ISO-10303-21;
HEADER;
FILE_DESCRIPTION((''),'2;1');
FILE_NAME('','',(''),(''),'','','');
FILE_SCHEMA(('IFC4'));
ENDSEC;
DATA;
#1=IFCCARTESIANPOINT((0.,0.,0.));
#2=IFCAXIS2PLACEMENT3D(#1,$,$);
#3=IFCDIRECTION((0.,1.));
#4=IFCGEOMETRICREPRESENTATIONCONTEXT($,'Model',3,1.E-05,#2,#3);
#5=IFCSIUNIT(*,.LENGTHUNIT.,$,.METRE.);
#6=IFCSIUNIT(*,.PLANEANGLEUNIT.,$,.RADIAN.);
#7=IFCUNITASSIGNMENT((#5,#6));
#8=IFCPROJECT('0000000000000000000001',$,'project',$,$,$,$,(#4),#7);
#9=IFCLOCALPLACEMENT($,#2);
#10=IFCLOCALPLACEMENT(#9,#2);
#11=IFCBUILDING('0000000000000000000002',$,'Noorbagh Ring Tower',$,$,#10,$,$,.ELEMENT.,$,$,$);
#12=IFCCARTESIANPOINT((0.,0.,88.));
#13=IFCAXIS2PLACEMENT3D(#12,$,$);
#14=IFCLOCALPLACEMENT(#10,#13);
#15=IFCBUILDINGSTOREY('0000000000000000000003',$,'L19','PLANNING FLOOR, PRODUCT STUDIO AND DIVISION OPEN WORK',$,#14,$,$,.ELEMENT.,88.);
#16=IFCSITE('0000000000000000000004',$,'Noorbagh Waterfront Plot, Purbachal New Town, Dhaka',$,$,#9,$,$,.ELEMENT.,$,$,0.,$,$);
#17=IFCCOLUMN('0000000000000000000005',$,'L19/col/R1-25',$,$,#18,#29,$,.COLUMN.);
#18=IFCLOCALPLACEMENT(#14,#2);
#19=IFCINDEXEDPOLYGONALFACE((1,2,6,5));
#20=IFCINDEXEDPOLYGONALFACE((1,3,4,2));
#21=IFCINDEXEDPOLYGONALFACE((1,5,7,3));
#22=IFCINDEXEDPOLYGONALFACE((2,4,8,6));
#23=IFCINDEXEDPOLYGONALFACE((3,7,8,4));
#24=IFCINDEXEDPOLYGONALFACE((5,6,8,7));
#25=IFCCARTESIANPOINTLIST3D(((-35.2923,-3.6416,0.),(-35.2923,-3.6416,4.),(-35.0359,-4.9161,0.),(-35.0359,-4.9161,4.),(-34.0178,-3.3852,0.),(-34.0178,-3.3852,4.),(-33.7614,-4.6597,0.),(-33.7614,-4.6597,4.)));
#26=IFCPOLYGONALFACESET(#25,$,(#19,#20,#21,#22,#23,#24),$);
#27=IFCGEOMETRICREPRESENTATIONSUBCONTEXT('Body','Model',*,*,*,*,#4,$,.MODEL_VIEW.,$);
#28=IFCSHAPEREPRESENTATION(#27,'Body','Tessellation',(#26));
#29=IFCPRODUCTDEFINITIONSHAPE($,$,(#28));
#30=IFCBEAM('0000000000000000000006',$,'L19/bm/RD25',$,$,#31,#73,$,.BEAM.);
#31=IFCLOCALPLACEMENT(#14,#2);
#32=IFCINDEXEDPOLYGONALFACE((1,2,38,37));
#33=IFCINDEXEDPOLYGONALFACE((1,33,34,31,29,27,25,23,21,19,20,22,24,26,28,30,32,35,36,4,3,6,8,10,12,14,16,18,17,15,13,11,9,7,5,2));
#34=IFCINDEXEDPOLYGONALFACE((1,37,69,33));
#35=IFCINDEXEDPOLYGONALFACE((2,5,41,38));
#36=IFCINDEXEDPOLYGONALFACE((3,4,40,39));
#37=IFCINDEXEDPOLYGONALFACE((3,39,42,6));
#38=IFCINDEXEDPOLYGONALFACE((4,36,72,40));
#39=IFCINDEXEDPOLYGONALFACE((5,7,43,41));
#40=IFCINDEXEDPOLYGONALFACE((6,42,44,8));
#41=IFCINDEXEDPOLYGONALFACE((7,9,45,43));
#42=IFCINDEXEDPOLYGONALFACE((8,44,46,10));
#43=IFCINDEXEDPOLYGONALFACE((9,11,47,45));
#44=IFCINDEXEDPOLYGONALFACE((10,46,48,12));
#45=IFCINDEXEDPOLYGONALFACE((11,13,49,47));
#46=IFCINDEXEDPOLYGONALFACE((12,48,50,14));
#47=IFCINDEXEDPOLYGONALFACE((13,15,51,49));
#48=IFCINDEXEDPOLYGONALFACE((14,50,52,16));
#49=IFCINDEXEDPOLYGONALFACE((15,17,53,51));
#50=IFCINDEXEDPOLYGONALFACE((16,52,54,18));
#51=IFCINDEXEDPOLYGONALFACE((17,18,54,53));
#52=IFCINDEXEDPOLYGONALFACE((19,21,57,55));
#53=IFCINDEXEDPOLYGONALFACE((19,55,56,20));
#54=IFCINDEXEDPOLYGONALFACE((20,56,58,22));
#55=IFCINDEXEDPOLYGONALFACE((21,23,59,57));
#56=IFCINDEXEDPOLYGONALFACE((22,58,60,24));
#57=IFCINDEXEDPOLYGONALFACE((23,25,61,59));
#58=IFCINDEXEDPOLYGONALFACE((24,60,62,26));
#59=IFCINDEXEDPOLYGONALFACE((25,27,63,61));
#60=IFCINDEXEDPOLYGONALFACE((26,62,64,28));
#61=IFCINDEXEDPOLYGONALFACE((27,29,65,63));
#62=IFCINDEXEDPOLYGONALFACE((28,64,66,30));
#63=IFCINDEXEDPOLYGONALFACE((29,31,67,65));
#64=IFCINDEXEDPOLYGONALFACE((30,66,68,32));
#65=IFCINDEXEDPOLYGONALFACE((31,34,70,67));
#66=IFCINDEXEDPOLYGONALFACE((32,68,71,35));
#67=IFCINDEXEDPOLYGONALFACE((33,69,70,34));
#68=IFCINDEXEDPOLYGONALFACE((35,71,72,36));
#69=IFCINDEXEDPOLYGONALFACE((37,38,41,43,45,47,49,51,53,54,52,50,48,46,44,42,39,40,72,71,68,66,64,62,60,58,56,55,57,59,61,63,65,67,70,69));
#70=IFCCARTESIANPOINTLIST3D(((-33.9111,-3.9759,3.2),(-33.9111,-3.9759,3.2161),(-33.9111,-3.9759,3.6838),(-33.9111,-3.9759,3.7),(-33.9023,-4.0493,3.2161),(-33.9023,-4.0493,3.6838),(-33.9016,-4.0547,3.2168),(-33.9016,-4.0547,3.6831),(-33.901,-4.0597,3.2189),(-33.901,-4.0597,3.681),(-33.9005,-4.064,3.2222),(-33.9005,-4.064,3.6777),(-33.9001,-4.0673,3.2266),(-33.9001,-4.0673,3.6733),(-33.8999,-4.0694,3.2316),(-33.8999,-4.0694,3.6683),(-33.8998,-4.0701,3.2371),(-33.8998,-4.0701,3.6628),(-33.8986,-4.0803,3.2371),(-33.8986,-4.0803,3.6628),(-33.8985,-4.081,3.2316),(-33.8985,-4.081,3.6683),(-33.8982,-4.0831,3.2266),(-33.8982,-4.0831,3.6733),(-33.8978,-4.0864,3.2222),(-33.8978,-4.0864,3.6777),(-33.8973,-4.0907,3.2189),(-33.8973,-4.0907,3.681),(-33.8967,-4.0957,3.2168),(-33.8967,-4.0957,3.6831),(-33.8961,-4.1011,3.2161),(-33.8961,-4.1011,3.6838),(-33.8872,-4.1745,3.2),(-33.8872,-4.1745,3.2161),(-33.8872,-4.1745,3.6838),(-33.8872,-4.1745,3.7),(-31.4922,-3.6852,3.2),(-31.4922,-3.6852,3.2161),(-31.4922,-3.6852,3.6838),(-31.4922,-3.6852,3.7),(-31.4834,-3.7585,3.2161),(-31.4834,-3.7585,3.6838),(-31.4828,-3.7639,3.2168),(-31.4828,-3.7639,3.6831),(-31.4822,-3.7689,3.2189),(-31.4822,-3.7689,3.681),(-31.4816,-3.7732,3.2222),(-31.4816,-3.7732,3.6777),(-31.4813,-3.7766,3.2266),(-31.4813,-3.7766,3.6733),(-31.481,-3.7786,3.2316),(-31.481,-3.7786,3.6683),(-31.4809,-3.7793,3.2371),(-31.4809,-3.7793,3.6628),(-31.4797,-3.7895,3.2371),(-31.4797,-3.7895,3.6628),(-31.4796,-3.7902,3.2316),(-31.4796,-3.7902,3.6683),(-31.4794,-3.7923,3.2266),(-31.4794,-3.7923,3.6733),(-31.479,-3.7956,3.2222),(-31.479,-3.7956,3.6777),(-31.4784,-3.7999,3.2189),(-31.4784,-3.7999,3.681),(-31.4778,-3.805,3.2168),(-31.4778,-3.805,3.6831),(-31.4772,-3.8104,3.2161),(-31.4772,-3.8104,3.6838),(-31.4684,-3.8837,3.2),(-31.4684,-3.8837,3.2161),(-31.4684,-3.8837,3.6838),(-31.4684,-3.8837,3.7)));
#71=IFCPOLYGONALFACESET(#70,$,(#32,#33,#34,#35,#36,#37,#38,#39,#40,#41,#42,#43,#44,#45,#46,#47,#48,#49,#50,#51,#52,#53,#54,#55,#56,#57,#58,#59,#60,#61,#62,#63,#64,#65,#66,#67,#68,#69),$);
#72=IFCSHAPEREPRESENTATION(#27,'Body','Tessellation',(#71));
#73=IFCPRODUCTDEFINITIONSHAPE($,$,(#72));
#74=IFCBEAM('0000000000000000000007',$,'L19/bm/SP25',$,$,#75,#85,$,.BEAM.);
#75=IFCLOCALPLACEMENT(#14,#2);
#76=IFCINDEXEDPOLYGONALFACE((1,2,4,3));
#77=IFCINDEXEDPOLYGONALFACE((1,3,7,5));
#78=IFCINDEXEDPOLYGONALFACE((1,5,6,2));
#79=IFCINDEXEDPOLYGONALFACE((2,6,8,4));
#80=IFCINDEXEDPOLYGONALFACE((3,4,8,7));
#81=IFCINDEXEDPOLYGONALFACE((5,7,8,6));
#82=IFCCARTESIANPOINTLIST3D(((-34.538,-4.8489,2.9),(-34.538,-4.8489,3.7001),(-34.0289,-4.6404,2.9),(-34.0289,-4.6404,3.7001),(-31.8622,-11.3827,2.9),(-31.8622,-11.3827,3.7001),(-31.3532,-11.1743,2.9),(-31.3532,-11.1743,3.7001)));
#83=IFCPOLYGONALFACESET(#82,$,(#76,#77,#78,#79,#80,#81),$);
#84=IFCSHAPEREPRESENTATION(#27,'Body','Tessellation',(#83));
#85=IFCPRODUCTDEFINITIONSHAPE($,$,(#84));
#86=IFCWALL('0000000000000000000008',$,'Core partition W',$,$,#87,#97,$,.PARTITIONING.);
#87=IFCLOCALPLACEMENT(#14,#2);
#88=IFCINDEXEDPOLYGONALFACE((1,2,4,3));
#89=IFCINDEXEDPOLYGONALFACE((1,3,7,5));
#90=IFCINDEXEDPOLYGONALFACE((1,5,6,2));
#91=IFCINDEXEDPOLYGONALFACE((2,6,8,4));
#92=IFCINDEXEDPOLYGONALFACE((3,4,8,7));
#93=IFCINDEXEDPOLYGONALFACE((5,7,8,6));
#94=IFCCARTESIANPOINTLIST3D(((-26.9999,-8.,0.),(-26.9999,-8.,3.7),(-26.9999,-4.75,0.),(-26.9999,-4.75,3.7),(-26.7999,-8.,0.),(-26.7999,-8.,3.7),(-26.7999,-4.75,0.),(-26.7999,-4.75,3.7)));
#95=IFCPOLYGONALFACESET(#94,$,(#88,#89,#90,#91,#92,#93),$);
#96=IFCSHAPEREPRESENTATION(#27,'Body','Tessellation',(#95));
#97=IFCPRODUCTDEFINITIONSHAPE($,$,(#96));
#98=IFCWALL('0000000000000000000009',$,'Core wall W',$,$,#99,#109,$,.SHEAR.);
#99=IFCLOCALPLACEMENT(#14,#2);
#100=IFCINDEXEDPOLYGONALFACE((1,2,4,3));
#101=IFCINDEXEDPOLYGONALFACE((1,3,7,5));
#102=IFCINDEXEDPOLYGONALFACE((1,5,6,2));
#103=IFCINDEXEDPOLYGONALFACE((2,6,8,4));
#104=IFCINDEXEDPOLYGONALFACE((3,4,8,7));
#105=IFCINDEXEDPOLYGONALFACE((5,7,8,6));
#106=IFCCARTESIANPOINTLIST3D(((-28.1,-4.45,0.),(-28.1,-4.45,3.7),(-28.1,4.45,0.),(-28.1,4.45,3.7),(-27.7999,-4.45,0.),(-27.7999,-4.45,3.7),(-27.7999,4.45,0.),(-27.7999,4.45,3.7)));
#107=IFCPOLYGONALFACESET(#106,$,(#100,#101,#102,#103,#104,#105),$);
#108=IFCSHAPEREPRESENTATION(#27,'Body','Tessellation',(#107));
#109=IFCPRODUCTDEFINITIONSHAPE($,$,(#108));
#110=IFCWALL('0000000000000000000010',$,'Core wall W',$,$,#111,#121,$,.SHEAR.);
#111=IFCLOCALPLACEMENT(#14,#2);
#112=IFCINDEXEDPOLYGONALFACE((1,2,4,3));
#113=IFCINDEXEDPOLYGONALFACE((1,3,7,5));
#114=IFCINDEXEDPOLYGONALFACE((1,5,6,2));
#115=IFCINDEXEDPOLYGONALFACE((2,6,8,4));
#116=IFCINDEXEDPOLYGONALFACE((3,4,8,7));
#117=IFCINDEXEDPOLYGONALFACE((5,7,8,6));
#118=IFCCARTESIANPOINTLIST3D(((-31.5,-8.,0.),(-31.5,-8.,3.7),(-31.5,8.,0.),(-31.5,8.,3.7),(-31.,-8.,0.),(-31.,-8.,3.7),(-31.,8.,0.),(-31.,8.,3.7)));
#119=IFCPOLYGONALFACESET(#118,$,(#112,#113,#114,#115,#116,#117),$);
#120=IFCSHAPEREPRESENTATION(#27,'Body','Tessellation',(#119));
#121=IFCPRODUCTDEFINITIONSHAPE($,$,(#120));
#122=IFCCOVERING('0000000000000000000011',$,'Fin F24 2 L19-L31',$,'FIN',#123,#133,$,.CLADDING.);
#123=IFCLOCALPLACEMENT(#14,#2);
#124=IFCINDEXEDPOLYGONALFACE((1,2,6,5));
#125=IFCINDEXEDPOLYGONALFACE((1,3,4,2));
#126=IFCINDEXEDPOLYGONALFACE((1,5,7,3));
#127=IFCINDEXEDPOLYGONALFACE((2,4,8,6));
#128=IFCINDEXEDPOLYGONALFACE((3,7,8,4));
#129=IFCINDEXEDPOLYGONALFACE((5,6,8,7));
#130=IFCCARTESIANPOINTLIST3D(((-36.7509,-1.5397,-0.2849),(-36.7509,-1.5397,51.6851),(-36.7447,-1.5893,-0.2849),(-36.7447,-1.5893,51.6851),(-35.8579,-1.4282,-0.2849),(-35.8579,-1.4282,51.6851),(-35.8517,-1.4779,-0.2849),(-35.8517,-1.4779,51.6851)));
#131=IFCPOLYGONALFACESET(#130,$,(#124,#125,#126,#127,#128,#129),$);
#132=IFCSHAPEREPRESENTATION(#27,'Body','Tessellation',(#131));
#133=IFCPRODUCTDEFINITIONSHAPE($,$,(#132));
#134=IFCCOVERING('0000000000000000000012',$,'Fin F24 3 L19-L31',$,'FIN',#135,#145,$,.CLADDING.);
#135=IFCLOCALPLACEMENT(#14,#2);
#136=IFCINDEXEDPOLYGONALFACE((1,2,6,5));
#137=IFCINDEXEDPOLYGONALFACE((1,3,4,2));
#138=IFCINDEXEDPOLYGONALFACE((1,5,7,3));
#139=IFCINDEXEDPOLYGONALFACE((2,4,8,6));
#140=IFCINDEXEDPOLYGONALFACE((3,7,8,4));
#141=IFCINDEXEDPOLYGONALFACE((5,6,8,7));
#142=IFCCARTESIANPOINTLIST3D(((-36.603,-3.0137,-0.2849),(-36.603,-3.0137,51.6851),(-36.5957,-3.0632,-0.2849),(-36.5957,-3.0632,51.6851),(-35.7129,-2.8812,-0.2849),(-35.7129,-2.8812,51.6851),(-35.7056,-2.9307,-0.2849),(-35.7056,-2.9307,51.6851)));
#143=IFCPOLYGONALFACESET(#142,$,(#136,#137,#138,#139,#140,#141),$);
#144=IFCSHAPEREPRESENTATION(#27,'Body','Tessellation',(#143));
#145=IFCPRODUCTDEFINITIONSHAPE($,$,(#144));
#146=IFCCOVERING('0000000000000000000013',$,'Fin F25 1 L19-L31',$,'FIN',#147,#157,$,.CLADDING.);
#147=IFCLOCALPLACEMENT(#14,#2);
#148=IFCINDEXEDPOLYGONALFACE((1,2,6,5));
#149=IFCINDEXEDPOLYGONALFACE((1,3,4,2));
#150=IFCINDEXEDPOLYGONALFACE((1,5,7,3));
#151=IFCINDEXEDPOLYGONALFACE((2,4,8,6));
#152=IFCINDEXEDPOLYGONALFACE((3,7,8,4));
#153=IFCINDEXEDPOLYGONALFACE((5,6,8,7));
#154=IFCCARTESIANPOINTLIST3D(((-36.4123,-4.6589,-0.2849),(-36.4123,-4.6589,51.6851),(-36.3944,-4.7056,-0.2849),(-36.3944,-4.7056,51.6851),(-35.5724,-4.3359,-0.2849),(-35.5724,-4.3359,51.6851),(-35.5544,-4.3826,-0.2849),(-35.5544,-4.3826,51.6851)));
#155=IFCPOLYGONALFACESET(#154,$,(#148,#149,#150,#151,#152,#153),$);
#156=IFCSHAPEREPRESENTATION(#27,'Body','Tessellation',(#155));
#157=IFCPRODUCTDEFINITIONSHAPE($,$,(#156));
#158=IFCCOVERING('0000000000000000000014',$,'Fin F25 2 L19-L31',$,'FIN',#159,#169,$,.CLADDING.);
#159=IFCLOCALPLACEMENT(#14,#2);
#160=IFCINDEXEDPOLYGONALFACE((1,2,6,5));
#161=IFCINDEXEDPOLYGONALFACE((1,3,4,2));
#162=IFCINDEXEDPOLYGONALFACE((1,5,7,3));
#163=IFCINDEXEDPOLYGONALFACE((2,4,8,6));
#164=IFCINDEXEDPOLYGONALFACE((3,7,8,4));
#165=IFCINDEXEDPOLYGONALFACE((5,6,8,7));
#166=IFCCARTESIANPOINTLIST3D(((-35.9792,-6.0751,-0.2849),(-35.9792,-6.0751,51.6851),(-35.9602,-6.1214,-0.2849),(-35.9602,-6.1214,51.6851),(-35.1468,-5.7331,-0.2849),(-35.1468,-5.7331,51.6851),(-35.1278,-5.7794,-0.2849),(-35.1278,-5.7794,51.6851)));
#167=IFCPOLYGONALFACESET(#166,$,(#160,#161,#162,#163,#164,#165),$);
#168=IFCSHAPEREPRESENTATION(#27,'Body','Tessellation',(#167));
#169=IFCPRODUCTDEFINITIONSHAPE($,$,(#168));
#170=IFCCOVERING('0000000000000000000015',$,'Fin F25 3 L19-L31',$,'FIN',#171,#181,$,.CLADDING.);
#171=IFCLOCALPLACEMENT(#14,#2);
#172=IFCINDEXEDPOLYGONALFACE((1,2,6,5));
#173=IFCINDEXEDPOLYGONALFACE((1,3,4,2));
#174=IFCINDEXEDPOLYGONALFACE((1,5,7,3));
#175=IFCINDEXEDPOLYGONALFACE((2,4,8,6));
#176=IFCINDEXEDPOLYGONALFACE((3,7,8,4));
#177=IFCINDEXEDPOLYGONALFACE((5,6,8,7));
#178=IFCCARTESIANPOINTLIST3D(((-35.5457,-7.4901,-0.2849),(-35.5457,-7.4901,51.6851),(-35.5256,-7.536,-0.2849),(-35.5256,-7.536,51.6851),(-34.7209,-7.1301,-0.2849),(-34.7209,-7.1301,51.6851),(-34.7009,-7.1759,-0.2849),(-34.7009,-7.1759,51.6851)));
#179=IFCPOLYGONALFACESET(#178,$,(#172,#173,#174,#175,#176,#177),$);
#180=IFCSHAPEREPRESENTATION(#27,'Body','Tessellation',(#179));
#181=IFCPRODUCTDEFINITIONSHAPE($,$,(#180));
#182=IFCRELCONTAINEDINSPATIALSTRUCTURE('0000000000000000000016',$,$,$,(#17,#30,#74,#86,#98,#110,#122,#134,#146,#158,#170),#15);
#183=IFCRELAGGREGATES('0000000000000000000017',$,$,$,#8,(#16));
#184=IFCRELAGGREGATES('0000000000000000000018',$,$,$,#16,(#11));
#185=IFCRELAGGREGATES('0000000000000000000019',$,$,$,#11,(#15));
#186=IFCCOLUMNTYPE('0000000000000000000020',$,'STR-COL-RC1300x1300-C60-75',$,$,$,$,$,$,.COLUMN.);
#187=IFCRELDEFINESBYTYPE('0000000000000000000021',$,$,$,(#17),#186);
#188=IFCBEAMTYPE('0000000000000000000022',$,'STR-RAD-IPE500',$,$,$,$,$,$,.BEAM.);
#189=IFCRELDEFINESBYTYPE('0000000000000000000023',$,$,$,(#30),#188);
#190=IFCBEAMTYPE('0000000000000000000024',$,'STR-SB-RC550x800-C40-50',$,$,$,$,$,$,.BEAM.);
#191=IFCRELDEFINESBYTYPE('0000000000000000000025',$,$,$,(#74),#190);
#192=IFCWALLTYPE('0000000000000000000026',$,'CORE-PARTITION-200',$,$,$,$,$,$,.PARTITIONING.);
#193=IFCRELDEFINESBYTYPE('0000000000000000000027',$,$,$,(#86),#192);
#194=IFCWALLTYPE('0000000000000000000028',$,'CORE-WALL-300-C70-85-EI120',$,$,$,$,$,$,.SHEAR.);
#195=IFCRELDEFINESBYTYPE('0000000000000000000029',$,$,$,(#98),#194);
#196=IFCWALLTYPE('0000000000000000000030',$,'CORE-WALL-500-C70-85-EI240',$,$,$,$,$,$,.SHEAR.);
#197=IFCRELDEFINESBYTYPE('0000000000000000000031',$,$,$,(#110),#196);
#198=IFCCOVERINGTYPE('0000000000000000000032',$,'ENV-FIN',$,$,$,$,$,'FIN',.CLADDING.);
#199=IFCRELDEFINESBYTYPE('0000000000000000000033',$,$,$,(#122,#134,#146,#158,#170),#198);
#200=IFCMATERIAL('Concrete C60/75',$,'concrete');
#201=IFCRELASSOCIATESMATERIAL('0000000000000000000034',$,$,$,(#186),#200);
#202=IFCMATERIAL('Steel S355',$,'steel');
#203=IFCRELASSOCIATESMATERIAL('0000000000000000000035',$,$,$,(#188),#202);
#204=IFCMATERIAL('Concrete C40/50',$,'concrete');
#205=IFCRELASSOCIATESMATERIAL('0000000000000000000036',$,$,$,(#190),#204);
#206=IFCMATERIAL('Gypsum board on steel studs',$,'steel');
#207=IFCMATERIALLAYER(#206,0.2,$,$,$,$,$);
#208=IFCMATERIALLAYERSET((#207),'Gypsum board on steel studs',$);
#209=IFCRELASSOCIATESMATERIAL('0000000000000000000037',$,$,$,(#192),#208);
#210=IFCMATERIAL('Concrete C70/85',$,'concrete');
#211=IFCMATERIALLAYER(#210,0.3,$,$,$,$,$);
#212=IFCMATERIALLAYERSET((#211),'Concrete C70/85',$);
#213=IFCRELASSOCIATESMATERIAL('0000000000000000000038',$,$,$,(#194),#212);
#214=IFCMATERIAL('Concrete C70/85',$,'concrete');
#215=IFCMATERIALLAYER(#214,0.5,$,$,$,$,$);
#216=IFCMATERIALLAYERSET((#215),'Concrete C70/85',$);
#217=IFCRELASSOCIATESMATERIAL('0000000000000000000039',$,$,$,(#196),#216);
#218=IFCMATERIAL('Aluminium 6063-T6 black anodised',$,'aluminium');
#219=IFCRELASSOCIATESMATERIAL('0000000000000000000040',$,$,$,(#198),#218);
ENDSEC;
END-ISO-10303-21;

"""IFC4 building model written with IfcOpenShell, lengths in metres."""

from ifc_helpers import new_model, si_unit, direction, frame, frame_2d, origin, origin_2d, place, context, subcontext, project, spatial, rectangle, i_section, extrude, material, layer, layer_set, material_profile, profile_set, type_object, element, save


model = new_model("IFC4")

# Units and contexts
model_context = context("Model", 3, precision=1e-05, world=origin(), true_north=direction((0.0, 1.0)))
body_context = subcontext(model_context, "Body", "Model", "MODEL_VIEW")
ifc_project = project(units=[si_unit("LENGTHUNIT", "METRE"), si_unit("PLANEANGLEUNIT", "RADIAN")], contexts=[model_context])

# Site, building, storey
site_placement = place(None, origin())
site = spatial("IfcSite", under=ifc_project, at=site_placement, Name="Noorbagh Waterfront Plot, Purbachal New Town, Dhaka", CompositionType="ELEMENT", RefElevation=0.0)
building_placement = place(site_placement, origin())
building = spatial("IfcBuilding", under=site, at=building_placement, Name="Noorbagh Ring Tower", CompositionType="ELEMENT")
storey_placement = place(building_placement, frame((0.0, 0.0, 88.0)))
storey = spatial("IfcBuildingStorey", under=building, at=storey_placement, Name="L19", Description="PLANNING FLOOR, PRODUCT STUDIO AND DIVISION OPEN WORK", CompositionType="ELEMENT", Elevation=88.0)

# Column
ifc_material_1 = material(Name="Concrete C60/75", Category="concrete")
ifc_material_profile_1 = material_profile(ifc_material_1, rectangle(XDim=1.3, YDim=1.3, at=origin_2d()), Name="RC1300x1300")
ifc_profile_set_1 = profile_set([ifc_material_profile_1], Name="Concrete C60/75")
column_type = type_object("IfcColumnType", Name="STR-COL-RC1300x1300-C60-75", PredefinedType="COLUMN", material=ifc_profile_set_1)
column_placement = place(storey_placement, frame((-34.5269, -4.1506, 0.0), z_axis=(0.0, 0.0, 1.0), x_axis=(0.19723, -0.980357, 0.0)))
element("IfcColumn", 1, at=column_placement, inside=storey, type_object=column_type, Name="L19/col/R1-25", PredefinedType="COLUMN", context=body_context, shape_type="SweptSolid", body=[
    extrude(rectangle(XDim=1.3, YDim=1.3, at=origin_2d()), origin(), (0.0, 0.0, 1.0), 4.0),
])

# Beams
ifc_material_2 = material(Name="Steel S355", Category="steel")
ifc_material_profile_2 = material_profile(ifc_material_2, i_section(OverallWidth=0.2, OverallDepth=0.5, WebThickness=0.0103, FlangeThickness=0.0161, FilletRadius=0.021, at=origin_2d()), Name="IPE500")
ifc_profile_set_2 = profile_set([ifc_material_profile_2], Name="Steel S355")
beam_type_1 = type_object("IfcBeamType", Name="STR-RAD-IPE500", PredefinedType="BEAM", material=ifc_profile_set_2)
beam_1_placement = place(storey_placement, frame((-33.8992, -4.0752, 3.45), z_axis=(0.992853, 0.119347, 0.0), x_axis=(-0.119347, 0.992853, 0.0)))
element("IfcBeam", 2, at=beam_1_placement, inside=storey, type_object=beam_type_1, Name="L19/bm/RD25", PredefinedType="BEAM", context=body_context, shape_type="SweptSolid", body=[
    extrude(i_section(OverallWidth=0.2, OverallDepth=0.5, WebThickness=0.0103, FlangeThickness=0.0161, FilletRadius=0.021, at=origin_2d()), origin(), (0.0, 0.0, 1.0), 2.4363),
])
ifc_material_3 = material(Name="Concrete C40/50", Category="concrete")
ifc_material_profile_3 = material_profile(ifc_material_3, rectangle(XDim=0.55, YDim=0.8, at=origin_2d()), Name="RC550x800")
ifc_profile_set_3 = profile_set([ifc_material_profile_3], Name="Concrete C40/50")
beam_type_2 = type_object("IfcBeamType", Name="STR-SB-RC550x800-C40-50", PredefinedType="BEAM", material=ifc_profile_set_3)
beam_2_placement = place(storey_placement, frame((-34.2834, -4.7446, 3.3), z_axis=(0.378973, -0.925408, 0.0), x_axis=(0.925408, 0.378973, 0.0)))
element("IfcBeam", 3, at=beam_2_placement, inside=storey, type_object=beam_type_2, Name="L19/bm/SP25", PredefinedType="BEAM", context=body_context, shape_type="SweptSolid", body=[
    extrude(rectangle(XDim=0.55, YDim=0.8, at=origin_2d()), origin(), (0.0, 0.0, 1.0), 7.0605),
])

# Walls
ifc_material_4 = material(Name="Gypsum board on steel studs", Category="steel")
ifc_layer_1 = layer(ifc_material_4, 0.2)
ifc_layer_set_1 = layer_set([ifc_layer_1], Name="Gypsum board on steel studs")
wall_type_1 = type_object("IfcWallType", Name="CORE-PARTITION-200", PredefinedType="PARTITIONING", material=ifc_layer_set_1)
wall_1_placement = place(storey_placement, frame((-26.8999, -8.0, 0.0), z_axis=(0.0, 0.0, 1.0), x_axis=(0.0, 1.0, 0.0)))
element("IfcWall", 4, at=wall_1_placement, inside=storey, type_object=wall_type_1, Name="Core partition W", PredefinedType="PARTITIONING", context=body_context, shape_type="SweptSolid", body=[
    extrude(rectangle(XDim=3.25, YDim=0.2, at=frame_2d((1.625, 0.0))), origin(), (0.0, 0.0, 1.0), 3.7),
])
ifc_material_5 = material(Name="Concrete C70/85", Category="concrete")
ifc_layer_2 = layer(ifc_material_5, 0.3)
ifc_layer_set_2 = layer_set([ifc_layer_2], Name="Concrete C70/85")
wall_type_2 = type_object("IfcWallType", Name="CORE-WALL-300-C70-85-EI120", PredefinedType="SHEAR", material=ifc_layer_set_2)
wall_2_placement = place(storey_placement, frame((-27.95, -4.45, 0.0), z_axis=(0.0, 0.0, 1.0), x_axis=(0.0, 1.0, 0.0)))
element("IfcWall", 5, at=wall_2_placement, inside=storey, type_object=wall_type_2, Name="Core wall W", PredefinedType="SHEAR", context=body_context, shape_type="SweptSolid", body=[
    extrude(rectangle(XDim=8.8999, YDim=0.3, at=frame_2d((4.45, 0.0))), origin(), (0.0, 0.0, 1.0), 3.7),
])
ifc_material_6 = material(Name="Concrete C70/85", Category="concrete")
ifc_layer_3 = layer(ifc_material_6, 0.5)
ifc_layer_set_3 = layer_set([ifc_layer_3], Name="Concrete C70/85")
wall_type_3 = type_object("IfcWallType", Name="CORE-WALL-500-C70-85-EI240", PredefinedType="SHEAR", material=ifc_layer_set_3)
wall_3_placement = place(storey_placement, frame((-31.25, -8.0, 0.0), z_axis=(0.0, 0.0, 1.0), x_axis=(0.0, 1.0, 0.0)))
element("IfcWall", 6, at=wall_3_placement, inside=storey, type_object=wall_type_3, Name="Core wall W", PredefinedType="SHEAR", context=body_context, shape_type="SweptSolid", body=[
    extrude(rectangle(XDim=16.0, YDim=0.5, at=frame_2d((8.0, 0.0))), origin(), (0.0, 0.0, 1.0), 3.7),
])

# Coverings
ifc_material_7 = material(Name="Aluminium 6063-T6 black anodised", Category="aluminium")
ifc_material_profile_4 = material_profile(ifc_material_7, rectangle(XDim=0.8999, YDim=0.05, at=origin_2d()), Name="900x50")
ifc_profile_set_4 = profile_set([ifc_material_profile_4], Name="Aluminium 6063-T6 black anodised")
covering_type = type_object("IfcCoveringType", Name="ENV-FIN", ElementType="FIN", PredefinedType="CLADDING", material=ifc_profile_set_4)
for number, where, z_axis, x_axis, name in (
    (7, (-36.3013, -1.5088, -0.2849), (0.0, 0.0, 1.0), (-0.992303, -0.123835, 0.0), "Fin F24 2 L19-L31"),
    (8, (-36.1543, -2.9722, -0.2849), (0.0, 0.0, 1.0), (-0.989103, -0.147226, 0.0), "Fin F24 3 L19-L31"),
    (9, (-35.9834, -4.5208, -0.2849), (0.0, 0.0, 1.0), (-0.933362, -0.358936, 0.0), "Fin F25 1 L19-L31"),
    (10, (-35.5535, -5.9272, -0.2849), (0.0, 0.0, 1.0), (-0.925001, -0.379965, 0.0), "Fin F25 2 L19-L31"),
    (11, (-35.1233, -7.333, -0.2849), (0.0, 0.0, 1.0), (-0.916475, -0.400092, 0.0), "Fin F25 3 L19-L31"),
):
    element("IfcCovering", number, at=place(storey_placement, frame(where, z_axis=z_axis, x_axis=x_axis)), inside=storey, type_object=covering_type, Name=name, ObjectType="FIN", PredefinedType="CLADDING", context=body_context, shape_type="SweptSolid", body=[
        extrude(rectangle(XDim=0.8999, YDim=0.05, at=origin_2d()), origin(), (0.0, 0.0, 1.0), 51.97),
    ])

save(model, "model.ifc")
